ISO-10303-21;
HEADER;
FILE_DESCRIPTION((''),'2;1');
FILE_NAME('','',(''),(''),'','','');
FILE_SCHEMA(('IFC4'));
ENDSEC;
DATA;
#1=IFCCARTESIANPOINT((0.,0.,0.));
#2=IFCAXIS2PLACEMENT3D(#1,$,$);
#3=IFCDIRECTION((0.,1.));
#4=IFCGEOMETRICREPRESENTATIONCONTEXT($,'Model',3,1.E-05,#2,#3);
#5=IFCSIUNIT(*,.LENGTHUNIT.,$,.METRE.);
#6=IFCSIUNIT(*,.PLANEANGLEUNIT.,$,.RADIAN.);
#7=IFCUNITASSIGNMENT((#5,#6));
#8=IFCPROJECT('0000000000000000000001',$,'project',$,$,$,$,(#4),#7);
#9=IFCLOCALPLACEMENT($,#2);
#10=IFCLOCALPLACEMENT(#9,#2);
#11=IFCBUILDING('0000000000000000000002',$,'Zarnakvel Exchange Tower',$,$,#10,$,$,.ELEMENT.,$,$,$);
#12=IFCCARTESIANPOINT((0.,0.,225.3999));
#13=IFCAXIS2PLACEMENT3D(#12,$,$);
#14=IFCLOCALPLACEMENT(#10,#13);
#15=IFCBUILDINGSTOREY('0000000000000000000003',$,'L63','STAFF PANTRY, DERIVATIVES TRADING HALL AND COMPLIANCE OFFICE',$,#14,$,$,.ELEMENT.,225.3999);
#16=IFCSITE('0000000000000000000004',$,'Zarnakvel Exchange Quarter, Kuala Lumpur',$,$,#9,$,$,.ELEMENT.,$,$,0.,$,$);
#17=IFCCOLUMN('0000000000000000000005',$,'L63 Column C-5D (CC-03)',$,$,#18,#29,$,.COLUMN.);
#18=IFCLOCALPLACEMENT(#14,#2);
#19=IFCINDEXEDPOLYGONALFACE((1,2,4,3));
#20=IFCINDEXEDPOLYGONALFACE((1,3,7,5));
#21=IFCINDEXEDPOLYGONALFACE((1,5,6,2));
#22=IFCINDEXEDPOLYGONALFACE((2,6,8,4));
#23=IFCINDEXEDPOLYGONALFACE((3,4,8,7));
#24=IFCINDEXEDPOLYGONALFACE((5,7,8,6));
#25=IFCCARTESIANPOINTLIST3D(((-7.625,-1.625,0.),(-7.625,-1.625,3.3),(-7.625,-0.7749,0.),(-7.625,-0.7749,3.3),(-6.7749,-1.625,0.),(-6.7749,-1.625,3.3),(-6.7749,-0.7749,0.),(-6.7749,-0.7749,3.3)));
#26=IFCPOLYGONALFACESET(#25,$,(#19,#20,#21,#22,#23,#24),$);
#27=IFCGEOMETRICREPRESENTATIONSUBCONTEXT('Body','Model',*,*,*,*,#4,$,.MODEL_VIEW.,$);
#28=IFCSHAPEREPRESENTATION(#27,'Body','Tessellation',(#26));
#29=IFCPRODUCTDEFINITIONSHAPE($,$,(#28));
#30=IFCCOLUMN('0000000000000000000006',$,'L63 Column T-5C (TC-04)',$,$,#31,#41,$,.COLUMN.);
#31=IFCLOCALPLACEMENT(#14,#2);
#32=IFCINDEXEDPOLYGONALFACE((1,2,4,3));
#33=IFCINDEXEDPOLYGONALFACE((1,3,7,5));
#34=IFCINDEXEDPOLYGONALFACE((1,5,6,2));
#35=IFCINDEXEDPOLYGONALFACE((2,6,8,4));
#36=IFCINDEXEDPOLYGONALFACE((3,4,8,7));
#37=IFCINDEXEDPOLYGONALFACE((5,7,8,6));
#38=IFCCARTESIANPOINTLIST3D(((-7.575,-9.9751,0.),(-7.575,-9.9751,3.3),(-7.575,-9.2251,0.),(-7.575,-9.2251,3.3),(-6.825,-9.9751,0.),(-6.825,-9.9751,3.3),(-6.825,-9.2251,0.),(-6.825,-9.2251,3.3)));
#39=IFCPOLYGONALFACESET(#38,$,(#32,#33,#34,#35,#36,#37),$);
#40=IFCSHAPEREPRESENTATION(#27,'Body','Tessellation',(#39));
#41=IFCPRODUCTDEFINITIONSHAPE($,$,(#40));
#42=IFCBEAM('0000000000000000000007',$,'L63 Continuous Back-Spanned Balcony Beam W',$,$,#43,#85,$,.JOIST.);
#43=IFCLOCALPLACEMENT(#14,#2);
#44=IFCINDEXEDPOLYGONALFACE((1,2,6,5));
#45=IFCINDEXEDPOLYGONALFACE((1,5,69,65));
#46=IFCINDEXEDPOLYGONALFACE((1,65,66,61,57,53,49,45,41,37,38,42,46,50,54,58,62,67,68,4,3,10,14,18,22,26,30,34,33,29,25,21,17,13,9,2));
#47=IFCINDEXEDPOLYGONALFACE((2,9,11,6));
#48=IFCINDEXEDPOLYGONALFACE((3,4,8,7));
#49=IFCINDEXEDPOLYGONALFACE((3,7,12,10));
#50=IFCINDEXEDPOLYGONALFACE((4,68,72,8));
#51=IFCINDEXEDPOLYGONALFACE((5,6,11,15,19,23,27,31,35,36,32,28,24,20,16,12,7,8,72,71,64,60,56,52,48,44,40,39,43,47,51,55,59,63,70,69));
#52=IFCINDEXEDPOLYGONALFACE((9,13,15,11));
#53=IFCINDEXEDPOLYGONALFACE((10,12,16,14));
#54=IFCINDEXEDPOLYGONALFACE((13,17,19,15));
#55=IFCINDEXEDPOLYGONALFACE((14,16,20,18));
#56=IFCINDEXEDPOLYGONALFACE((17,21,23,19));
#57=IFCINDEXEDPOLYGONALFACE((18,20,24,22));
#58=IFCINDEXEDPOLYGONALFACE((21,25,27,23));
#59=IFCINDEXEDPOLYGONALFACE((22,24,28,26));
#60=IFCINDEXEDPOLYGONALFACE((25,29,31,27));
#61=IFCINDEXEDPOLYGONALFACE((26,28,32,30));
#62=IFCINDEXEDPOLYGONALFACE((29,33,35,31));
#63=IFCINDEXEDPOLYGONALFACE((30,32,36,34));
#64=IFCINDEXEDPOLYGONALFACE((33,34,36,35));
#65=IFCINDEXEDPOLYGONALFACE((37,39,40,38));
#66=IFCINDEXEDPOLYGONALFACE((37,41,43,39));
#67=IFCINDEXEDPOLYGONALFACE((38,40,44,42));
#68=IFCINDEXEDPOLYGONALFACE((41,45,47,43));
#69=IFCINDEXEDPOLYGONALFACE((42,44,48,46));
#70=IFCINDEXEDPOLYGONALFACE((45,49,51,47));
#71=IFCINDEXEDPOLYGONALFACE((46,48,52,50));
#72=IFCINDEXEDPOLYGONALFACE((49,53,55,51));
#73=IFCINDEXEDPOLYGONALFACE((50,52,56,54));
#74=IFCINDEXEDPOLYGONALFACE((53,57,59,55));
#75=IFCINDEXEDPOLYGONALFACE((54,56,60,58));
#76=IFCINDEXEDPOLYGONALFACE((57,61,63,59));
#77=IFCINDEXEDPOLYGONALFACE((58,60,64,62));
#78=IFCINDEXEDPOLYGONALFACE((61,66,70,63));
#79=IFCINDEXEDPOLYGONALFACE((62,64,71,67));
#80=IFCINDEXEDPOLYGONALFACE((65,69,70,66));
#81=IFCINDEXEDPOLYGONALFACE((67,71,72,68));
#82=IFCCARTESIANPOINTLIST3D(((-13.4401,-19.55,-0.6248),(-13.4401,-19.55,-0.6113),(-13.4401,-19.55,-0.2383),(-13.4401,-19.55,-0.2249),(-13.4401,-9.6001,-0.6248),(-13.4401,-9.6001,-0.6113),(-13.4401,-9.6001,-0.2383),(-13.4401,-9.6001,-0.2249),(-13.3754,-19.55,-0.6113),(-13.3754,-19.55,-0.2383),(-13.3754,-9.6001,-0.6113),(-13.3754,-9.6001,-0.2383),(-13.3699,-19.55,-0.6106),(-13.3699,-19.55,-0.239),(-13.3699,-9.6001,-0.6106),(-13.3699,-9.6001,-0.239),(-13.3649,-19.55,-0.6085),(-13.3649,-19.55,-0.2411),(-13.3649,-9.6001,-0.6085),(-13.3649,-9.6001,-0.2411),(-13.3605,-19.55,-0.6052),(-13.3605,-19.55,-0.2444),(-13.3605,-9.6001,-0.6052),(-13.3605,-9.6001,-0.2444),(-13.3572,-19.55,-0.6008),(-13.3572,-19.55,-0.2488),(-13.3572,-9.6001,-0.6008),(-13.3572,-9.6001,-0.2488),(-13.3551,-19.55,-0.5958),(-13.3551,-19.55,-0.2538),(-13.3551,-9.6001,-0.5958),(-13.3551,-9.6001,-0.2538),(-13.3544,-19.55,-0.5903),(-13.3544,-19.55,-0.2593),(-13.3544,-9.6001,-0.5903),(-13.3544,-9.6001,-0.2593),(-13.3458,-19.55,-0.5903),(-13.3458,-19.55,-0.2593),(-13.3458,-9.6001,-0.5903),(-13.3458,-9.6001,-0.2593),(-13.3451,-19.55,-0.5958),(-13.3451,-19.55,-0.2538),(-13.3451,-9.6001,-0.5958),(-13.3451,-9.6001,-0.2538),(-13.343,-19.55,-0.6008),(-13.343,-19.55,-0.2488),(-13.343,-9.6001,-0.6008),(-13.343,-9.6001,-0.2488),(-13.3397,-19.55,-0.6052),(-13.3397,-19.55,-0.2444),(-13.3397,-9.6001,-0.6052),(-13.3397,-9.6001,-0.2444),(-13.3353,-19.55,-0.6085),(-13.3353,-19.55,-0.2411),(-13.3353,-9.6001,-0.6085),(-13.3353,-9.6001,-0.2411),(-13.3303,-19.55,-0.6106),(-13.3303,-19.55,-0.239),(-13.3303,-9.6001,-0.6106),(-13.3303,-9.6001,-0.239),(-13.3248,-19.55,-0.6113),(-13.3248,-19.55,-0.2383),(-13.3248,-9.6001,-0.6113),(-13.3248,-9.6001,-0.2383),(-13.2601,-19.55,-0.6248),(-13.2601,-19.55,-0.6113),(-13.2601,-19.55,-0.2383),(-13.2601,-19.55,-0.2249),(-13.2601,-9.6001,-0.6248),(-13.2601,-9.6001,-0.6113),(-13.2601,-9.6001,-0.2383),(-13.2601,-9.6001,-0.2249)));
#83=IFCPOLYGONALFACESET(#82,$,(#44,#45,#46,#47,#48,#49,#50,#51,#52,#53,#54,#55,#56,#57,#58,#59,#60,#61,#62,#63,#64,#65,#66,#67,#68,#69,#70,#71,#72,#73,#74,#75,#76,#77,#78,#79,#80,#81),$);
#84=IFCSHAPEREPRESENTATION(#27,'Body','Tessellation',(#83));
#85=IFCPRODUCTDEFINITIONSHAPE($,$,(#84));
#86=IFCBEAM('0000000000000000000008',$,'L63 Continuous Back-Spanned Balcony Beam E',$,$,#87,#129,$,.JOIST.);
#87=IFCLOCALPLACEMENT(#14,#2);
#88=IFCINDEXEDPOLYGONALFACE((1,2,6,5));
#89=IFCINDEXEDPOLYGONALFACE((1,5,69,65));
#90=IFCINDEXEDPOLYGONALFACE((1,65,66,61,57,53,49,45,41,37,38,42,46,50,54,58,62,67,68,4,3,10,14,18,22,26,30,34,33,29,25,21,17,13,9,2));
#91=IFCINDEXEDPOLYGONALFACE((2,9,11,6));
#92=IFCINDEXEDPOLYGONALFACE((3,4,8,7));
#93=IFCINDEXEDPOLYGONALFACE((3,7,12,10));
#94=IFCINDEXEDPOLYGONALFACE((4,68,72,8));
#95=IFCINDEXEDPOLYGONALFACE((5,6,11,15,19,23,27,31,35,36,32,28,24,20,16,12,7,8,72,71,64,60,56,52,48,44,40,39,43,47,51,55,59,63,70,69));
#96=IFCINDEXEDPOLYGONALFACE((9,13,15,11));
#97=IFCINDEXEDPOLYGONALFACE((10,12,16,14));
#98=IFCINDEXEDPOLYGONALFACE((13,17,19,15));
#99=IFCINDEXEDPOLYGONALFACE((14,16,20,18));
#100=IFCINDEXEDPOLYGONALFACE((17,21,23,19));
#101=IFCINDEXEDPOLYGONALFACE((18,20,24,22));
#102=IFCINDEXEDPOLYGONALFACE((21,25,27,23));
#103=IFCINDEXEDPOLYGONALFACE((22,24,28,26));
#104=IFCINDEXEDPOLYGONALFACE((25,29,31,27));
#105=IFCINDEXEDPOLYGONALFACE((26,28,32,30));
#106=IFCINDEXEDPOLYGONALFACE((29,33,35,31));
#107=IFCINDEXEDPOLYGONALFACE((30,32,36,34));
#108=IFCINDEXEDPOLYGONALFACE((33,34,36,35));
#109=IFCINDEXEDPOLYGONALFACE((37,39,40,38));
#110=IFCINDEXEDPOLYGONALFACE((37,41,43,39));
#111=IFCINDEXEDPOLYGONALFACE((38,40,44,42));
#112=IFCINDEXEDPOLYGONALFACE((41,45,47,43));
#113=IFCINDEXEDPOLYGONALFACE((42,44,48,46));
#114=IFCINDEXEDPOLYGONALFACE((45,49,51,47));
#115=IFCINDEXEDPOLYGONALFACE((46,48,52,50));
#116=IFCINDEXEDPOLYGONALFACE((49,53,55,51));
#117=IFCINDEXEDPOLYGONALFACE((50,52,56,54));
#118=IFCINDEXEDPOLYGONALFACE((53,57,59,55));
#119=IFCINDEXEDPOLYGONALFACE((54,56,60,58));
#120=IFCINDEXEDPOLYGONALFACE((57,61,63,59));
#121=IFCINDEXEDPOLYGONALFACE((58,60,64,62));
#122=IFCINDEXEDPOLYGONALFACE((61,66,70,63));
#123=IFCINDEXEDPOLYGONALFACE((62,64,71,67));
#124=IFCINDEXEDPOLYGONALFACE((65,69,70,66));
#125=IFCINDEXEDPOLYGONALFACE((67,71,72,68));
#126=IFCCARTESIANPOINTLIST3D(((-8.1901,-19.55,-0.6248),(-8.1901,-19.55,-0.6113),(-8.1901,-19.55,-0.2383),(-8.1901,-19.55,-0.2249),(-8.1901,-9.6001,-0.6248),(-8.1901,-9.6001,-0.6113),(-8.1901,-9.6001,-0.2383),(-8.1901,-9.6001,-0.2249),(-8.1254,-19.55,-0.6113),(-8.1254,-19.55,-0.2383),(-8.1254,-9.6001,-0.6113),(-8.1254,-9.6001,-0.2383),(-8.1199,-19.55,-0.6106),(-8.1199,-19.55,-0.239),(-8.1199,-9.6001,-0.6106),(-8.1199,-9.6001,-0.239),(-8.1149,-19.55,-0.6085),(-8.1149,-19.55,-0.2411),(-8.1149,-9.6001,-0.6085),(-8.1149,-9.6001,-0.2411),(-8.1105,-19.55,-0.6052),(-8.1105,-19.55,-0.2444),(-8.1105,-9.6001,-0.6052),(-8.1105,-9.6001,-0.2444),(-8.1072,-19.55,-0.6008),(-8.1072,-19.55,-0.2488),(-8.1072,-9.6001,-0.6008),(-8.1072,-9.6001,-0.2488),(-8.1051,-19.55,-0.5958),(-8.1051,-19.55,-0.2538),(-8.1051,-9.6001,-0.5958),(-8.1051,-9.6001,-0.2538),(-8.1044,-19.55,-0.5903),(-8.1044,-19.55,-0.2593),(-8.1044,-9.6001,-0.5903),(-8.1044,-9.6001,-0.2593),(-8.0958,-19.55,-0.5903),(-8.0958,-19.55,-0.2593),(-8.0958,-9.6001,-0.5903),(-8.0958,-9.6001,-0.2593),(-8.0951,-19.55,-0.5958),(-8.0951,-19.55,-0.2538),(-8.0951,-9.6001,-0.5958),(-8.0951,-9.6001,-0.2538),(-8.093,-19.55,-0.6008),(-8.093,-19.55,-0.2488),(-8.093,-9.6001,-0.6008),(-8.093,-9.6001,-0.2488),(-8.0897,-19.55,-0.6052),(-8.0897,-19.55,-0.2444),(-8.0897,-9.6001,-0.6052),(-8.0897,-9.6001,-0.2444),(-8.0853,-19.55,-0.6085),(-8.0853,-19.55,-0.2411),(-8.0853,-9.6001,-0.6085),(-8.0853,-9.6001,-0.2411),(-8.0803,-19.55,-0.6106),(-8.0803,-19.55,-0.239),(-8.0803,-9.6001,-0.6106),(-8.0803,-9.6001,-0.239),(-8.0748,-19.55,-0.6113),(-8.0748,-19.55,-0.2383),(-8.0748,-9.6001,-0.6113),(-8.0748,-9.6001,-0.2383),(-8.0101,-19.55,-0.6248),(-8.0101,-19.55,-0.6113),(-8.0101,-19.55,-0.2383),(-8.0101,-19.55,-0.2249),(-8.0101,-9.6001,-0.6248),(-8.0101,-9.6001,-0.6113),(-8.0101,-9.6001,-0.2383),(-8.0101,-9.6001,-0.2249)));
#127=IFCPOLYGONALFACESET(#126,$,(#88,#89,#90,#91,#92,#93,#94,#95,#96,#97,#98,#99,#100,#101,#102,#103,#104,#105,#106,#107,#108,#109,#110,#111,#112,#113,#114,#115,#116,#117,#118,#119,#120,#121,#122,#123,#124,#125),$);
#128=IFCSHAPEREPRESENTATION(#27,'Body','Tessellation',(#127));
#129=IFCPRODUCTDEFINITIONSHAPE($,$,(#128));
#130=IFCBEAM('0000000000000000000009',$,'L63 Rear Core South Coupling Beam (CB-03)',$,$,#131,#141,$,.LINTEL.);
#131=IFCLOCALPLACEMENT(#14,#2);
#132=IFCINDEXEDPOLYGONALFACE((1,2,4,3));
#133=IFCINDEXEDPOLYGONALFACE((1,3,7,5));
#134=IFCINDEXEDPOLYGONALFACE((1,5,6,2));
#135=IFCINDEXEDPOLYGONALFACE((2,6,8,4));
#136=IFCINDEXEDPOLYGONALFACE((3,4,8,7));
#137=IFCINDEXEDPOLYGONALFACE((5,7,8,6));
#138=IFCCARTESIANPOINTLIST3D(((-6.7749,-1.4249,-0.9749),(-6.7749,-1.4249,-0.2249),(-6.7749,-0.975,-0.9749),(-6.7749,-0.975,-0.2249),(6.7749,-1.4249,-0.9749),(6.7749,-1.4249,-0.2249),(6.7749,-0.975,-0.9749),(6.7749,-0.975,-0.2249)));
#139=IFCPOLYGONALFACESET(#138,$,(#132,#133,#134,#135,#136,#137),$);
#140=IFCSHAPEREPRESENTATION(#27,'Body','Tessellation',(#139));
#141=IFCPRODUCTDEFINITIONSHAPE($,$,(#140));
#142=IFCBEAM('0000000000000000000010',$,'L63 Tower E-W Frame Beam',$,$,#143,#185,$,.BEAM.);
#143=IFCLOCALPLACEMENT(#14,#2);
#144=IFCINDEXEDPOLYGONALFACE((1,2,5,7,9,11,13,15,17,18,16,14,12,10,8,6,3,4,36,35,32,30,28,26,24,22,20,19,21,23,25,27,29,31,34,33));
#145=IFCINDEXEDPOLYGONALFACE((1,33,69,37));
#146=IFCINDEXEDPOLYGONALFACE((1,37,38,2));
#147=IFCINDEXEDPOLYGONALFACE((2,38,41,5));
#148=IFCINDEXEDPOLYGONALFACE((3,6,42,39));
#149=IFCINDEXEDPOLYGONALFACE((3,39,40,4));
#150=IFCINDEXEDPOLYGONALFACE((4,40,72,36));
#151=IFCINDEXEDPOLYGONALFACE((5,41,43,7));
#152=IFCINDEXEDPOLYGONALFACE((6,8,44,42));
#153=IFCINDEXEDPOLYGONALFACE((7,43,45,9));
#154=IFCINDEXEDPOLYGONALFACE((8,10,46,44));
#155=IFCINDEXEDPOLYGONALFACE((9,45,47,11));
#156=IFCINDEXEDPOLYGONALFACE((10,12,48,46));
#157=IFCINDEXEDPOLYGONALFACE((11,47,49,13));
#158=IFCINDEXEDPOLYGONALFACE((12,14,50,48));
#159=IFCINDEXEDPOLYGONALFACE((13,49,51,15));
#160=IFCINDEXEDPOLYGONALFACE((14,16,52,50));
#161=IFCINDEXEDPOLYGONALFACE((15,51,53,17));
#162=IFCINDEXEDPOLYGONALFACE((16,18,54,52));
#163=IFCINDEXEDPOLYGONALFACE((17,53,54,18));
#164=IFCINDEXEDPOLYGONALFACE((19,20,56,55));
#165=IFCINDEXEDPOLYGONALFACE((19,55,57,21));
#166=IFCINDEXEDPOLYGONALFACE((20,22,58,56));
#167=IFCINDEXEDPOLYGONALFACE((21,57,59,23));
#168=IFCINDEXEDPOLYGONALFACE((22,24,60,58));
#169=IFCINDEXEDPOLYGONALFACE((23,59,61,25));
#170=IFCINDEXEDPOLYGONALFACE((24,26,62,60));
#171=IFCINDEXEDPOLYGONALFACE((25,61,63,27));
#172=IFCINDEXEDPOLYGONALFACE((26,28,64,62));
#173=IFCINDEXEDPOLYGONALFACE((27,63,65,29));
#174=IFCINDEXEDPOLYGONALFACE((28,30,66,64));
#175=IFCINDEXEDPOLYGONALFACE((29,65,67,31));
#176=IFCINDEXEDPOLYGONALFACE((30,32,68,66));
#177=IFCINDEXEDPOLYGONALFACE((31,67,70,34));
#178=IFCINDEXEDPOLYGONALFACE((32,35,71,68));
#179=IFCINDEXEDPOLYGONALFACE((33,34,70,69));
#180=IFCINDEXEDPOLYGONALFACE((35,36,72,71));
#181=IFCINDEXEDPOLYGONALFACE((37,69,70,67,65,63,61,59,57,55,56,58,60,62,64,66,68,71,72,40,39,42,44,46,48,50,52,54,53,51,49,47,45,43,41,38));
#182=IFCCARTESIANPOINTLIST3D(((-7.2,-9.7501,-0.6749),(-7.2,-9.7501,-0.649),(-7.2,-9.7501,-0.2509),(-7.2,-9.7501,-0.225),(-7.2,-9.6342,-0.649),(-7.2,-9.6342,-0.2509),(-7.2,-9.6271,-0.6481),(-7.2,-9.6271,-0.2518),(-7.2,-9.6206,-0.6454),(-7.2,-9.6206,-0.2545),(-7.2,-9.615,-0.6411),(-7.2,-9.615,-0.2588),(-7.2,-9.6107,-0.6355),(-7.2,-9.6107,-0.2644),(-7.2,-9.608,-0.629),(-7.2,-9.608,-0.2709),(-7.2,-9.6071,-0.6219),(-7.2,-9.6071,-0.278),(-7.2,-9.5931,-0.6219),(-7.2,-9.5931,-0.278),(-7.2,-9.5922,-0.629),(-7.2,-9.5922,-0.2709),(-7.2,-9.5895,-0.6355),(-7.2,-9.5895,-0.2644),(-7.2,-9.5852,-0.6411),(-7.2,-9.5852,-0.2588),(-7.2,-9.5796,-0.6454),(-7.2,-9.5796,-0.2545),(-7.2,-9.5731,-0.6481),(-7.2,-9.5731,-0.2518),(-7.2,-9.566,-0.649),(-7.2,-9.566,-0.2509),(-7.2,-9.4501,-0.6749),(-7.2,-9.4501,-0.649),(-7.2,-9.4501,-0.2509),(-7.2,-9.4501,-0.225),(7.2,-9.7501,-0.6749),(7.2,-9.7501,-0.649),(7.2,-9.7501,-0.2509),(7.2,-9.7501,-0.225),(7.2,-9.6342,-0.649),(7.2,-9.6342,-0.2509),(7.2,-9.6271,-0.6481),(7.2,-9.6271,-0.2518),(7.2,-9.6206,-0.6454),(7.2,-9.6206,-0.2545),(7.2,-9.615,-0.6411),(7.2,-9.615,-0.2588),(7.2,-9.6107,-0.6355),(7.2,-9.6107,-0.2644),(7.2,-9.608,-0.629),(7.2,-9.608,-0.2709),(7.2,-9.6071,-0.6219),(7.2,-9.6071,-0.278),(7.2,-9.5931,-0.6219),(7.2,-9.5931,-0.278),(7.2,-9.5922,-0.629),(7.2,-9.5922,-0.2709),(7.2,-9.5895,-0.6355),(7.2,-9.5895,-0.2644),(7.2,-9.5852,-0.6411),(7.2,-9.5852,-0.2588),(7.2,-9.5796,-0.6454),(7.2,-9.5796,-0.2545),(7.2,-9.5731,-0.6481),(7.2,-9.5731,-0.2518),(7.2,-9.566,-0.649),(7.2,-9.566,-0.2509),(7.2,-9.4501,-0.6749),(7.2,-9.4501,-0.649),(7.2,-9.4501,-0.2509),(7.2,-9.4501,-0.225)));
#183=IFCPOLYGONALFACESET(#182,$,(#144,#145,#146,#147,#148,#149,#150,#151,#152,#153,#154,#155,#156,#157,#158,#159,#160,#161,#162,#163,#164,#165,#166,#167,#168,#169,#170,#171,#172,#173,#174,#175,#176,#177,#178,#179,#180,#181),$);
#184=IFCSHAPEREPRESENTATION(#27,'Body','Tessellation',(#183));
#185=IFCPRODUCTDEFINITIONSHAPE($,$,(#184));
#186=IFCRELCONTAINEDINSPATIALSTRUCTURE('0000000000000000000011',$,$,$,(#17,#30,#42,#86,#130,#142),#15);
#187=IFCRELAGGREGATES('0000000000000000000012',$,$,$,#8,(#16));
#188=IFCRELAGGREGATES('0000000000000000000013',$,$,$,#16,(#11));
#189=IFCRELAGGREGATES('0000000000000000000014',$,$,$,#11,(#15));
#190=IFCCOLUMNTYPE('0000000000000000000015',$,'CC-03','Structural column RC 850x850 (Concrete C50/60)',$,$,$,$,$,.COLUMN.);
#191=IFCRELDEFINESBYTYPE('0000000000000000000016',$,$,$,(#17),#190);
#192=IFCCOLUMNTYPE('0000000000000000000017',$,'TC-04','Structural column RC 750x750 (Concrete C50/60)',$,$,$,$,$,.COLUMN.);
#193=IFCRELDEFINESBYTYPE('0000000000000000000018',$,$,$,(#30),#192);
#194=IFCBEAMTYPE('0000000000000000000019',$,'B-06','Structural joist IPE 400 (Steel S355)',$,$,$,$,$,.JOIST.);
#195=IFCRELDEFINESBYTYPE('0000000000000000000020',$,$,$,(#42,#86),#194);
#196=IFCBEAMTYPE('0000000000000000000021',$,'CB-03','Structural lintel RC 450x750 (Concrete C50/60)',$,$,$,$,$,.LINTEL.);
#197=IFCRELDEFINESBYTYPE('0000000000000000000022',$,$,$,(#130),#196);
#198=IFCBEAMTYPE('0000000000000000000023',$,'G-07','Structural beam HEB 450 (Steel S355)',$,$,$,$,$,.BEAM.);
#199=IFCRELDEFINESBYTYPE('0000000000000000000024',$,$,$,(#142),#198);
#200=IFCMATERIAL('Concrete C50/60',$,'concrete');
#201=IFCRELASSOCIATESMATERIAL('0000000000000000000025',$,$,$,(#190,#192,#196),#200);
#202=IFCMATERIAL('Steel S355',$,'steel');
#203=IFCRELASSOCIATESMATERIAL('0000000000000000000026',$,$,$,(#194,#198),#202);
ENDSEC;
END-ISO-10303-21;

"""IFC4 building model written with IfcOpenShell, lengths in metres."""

from ifc_helpers import new_model, si_unit, direction, frame, origin, origin_2d, place, context, subcontext, project, spatial, rectangle, i_section, extrude, material, material_profile, profile_set, type_object, element, save


model = new_model("IFC4")

# Units and contexts
model_context = context("Model", 3, precision=1e-05, world=origin(), true_north=direction((0.0, 1.0)))
body_context = subcontext(model_context, "Body", "Model", "MODEL_VIEW")
ifc_project = project(units=[si_unit("LENGTHUNIT", "METRE"), si_unit("PLANEANGLEUNIT", "RADIAN")], contexts=[model_context])

# Site, building, storey
site_placement = place(None, origin())
site = spatial("IfcSite", under=ifc_project, at=site_placement, Name="Zarnakvel Exchange Quarter, Kuala Lumpur", CompositionType="ELEMENT", RefElevation=0.0)
building_placement = place(site_placement, origin())
building = spatial("IfcBuilding", under=site, at=building_placement, Name="Zarnakvel Exchange Tower", CompositionType="ELEMENT")
storey_placement = place(building_placement, frame((0.0, 0.0, 225.3999)))
storey = spatial("IfcBuildingStorey", under=building, at=storey_placement, Name="L63", Description="STAFF PANTRY, DERIVATIVES TRADING HALL AND COMPLIANCE OFFICE", CompositionType="ELEMENT", Elevation=225.3999)

# Columns
ifc_material_1 = material(Name="Concrete C50/60", Category="concrete")
ifc_material_profile_1 = material_profile(ifc_material_1, rectangle(XDim=0.8501, YDim=0.8501, at=origin_2d()))
ifc_profile_set_1 = profile_set([ifc_material_profile_1], Name="Concrete C50/60")
column_type_1 = type_object("IfcColumnType", Name="CC-03", Description="Structural column RC 850x850 (Concrete C50/60)", PredefinedType="COLUMN", material=ifc_profile_set_1)
column_1_placement = place(storey_placement, frame((-7.2, -1.2, 0.0), z_axis=(0.0, 0.0, 1.0), x_axis=(1.0, 0.0, 0.0)))
element("IfcColumn", 1, at=column_1_placement, inside=storey, type_object=column_type_1, Name="L63 Column C-5D (CC-03)", PredefinedType="COLUMN", context=body_context, shape_type="SweptSolid", body=[
    extrude(rectangle(XDim=0.8501, YDim=0.8501, at=origin_2d()), origin(), (0.0, 0.0, 1.0), 3.3),
])
ifc_material_profile_2 = material_profile(ifc_material_1, rectangle(XDim=0.75, YDim=0.75, at=origin_2d()))
ifc_profile_set_2 = profile_set([ifc_material_profile_2], Name="Concrete C50/60")
column_type_2 = type_object("IfcColumnType", Name="TC-04", Description="Structural column RC 750x750 (Concrete C50/60)", PredefinedType="COLUMN", material=ifc_profile_set_2)
column_2_placement = place(storey_placement, frame((-7.2, -9.6001, 0.0), z_axis=(0.0, 0.0, 1.0), x_axis=(1.0, 0.0, 0.0)))
element("IfcColumn", 2, at=column_2_placement, inside=storey, type_object=column_type_2, Name="L63 Column T-5C (TC-04)", PredefinedType="COLUMN", context=body_context, shape_type="SweptSolid", body=[
    extrude(rectangle(XDim=0.75, YDim=0.75, at=origin_2d()), origin(), (0.0, 0.0, 1.0), 3.3),
])

# Beams
ifc_material_2 = material(Name="Steel S355", Category="steel")
ifc_material_profile_3 = material_profile(ifc_material_2, i_section(OverallWidth=0.1799, OverallDepth=0.3999, WebThickness=0.0085, FlangeThickness=0.0134, FilletRadius=0.021, at=origin_2d()))
ifc_profile_set_3 = profile_set([ifc_material_profile_3], Name="Steel S355")
beam_type_1 = type_object("IfcBeamType", Name="B-06", Description="Structural joist IPE 400 (Steel S355)", PredefinedType="JOIST", material=ifc_profile_set_3)
for number, where, z_axis, x_axis, name in (
    (3, (-13.3501, -9.6001, -0.4248), (0.0, -1.0, 0.0), (1.0, 0.0, 0.0), "L63 Continuous Back-Spanned Balcony Beam W"),
    (4, (-8.1001, -9.6001, -0.4248), (0.0, -1.0, 0.0), (1.0, 0.0, 0.0), "L63 Continuous Back-Spanned Balcony Beam E"),
):
    element("IfcBeam", number, at=place(storey_placement, frame(where, z_axis=z_axis, x_axis=x_axis)), inside=storey, type_object=beam_type_1, Name=name, PredefinedType="JOIST", context=body_context, shape_type="SweptSolid", body=[
        extrude(i_section(OverallWidth=0.1799, OverallDepth=0.3999, WebThickness=0.0085, FlangeThickness=0.0134, FilletRadius=0.021, at=origin_2d()), origin(), (0.0, 0.0, 1.0), 9.95),
    ])
ifc_material_profile_4 = material_profile(ifc_material_1, rectangle(XDim=0.45, YDim=0.75, at=origin_2d()))
ifc_profile_set_4 = profile_set([ifc_material_profile_4], Name="Concrete C50/60")
beam_type_2 = type_object("IfcBeamType", Name="CB-03", Description="Structural lintel RC 450x750 (Concrete C50/60)", PredefinedType="LINTEL", material=ifc_profile_set_4)
beam_1_placement = place(storey_placement, frame((-6.7749, -1.2, -0.5999), z_axis=(1.0, 0.0, 0.0), x_axis=(0.0, 1.0, 0.0)))
element("IfcBeam", 5, at=beam_1_placement, inside=storey, type_object=beam_type_2, Name="L63 Rear Core South Coupling Beam (CB-03)", PredefinedType="LINTEL", context=body_context, shape_type="SweptSolid", body=[
    extrude(rectangle(XDim=0.45, YDim=0.75, at=origin_2d()), origin(), (0.0, 0.0, 1.0), 13.5498),
])
ifc_material_profile_5 = material_profile(ifc_material_2, i_section(OverallWidth=0.3, OverallDepth=0.45, WebThickness=0.0139, FlangeThickness=0.0259, FilletRadius=0.0271, at=origin_2d()))
ifc_profile_set_5 = profile_set([ifc_material_profile_5], Name="Steel S355")
beam_type_3 = type_object("IfcBeamType", Name="G-07", Description="Structural beam HEB 450 (Steel S355)", PredefinedType="BEAM", material=ifc_profile_set_5)
beam_2_placement = place(storey_placement, frame((-7.2, -9.6001, -0.45), z_axis=(1.0, 0.0, 0.0), x_axis=(0.0, 1.0, 0.0)))
element("IfcBeam", 6, at=beam_2_placement, inside=storey, type_object=beam_type_3, Name="L63 Tower E-W Frame Beam", PredefinedType="BEAM", context=body_context, shape_type="SweptSolid", body=[
    extrude(i_section(OverallWidth=0.3, OverallDepth=0.45, WebThickness=0.0139, FlangeThickness=0.0259, FilletRadius=0.0271, at=origin_2d()), origin(), (0.0, 0.0, 1.0), 14.3999),
])

save(model, "model.ifc")
